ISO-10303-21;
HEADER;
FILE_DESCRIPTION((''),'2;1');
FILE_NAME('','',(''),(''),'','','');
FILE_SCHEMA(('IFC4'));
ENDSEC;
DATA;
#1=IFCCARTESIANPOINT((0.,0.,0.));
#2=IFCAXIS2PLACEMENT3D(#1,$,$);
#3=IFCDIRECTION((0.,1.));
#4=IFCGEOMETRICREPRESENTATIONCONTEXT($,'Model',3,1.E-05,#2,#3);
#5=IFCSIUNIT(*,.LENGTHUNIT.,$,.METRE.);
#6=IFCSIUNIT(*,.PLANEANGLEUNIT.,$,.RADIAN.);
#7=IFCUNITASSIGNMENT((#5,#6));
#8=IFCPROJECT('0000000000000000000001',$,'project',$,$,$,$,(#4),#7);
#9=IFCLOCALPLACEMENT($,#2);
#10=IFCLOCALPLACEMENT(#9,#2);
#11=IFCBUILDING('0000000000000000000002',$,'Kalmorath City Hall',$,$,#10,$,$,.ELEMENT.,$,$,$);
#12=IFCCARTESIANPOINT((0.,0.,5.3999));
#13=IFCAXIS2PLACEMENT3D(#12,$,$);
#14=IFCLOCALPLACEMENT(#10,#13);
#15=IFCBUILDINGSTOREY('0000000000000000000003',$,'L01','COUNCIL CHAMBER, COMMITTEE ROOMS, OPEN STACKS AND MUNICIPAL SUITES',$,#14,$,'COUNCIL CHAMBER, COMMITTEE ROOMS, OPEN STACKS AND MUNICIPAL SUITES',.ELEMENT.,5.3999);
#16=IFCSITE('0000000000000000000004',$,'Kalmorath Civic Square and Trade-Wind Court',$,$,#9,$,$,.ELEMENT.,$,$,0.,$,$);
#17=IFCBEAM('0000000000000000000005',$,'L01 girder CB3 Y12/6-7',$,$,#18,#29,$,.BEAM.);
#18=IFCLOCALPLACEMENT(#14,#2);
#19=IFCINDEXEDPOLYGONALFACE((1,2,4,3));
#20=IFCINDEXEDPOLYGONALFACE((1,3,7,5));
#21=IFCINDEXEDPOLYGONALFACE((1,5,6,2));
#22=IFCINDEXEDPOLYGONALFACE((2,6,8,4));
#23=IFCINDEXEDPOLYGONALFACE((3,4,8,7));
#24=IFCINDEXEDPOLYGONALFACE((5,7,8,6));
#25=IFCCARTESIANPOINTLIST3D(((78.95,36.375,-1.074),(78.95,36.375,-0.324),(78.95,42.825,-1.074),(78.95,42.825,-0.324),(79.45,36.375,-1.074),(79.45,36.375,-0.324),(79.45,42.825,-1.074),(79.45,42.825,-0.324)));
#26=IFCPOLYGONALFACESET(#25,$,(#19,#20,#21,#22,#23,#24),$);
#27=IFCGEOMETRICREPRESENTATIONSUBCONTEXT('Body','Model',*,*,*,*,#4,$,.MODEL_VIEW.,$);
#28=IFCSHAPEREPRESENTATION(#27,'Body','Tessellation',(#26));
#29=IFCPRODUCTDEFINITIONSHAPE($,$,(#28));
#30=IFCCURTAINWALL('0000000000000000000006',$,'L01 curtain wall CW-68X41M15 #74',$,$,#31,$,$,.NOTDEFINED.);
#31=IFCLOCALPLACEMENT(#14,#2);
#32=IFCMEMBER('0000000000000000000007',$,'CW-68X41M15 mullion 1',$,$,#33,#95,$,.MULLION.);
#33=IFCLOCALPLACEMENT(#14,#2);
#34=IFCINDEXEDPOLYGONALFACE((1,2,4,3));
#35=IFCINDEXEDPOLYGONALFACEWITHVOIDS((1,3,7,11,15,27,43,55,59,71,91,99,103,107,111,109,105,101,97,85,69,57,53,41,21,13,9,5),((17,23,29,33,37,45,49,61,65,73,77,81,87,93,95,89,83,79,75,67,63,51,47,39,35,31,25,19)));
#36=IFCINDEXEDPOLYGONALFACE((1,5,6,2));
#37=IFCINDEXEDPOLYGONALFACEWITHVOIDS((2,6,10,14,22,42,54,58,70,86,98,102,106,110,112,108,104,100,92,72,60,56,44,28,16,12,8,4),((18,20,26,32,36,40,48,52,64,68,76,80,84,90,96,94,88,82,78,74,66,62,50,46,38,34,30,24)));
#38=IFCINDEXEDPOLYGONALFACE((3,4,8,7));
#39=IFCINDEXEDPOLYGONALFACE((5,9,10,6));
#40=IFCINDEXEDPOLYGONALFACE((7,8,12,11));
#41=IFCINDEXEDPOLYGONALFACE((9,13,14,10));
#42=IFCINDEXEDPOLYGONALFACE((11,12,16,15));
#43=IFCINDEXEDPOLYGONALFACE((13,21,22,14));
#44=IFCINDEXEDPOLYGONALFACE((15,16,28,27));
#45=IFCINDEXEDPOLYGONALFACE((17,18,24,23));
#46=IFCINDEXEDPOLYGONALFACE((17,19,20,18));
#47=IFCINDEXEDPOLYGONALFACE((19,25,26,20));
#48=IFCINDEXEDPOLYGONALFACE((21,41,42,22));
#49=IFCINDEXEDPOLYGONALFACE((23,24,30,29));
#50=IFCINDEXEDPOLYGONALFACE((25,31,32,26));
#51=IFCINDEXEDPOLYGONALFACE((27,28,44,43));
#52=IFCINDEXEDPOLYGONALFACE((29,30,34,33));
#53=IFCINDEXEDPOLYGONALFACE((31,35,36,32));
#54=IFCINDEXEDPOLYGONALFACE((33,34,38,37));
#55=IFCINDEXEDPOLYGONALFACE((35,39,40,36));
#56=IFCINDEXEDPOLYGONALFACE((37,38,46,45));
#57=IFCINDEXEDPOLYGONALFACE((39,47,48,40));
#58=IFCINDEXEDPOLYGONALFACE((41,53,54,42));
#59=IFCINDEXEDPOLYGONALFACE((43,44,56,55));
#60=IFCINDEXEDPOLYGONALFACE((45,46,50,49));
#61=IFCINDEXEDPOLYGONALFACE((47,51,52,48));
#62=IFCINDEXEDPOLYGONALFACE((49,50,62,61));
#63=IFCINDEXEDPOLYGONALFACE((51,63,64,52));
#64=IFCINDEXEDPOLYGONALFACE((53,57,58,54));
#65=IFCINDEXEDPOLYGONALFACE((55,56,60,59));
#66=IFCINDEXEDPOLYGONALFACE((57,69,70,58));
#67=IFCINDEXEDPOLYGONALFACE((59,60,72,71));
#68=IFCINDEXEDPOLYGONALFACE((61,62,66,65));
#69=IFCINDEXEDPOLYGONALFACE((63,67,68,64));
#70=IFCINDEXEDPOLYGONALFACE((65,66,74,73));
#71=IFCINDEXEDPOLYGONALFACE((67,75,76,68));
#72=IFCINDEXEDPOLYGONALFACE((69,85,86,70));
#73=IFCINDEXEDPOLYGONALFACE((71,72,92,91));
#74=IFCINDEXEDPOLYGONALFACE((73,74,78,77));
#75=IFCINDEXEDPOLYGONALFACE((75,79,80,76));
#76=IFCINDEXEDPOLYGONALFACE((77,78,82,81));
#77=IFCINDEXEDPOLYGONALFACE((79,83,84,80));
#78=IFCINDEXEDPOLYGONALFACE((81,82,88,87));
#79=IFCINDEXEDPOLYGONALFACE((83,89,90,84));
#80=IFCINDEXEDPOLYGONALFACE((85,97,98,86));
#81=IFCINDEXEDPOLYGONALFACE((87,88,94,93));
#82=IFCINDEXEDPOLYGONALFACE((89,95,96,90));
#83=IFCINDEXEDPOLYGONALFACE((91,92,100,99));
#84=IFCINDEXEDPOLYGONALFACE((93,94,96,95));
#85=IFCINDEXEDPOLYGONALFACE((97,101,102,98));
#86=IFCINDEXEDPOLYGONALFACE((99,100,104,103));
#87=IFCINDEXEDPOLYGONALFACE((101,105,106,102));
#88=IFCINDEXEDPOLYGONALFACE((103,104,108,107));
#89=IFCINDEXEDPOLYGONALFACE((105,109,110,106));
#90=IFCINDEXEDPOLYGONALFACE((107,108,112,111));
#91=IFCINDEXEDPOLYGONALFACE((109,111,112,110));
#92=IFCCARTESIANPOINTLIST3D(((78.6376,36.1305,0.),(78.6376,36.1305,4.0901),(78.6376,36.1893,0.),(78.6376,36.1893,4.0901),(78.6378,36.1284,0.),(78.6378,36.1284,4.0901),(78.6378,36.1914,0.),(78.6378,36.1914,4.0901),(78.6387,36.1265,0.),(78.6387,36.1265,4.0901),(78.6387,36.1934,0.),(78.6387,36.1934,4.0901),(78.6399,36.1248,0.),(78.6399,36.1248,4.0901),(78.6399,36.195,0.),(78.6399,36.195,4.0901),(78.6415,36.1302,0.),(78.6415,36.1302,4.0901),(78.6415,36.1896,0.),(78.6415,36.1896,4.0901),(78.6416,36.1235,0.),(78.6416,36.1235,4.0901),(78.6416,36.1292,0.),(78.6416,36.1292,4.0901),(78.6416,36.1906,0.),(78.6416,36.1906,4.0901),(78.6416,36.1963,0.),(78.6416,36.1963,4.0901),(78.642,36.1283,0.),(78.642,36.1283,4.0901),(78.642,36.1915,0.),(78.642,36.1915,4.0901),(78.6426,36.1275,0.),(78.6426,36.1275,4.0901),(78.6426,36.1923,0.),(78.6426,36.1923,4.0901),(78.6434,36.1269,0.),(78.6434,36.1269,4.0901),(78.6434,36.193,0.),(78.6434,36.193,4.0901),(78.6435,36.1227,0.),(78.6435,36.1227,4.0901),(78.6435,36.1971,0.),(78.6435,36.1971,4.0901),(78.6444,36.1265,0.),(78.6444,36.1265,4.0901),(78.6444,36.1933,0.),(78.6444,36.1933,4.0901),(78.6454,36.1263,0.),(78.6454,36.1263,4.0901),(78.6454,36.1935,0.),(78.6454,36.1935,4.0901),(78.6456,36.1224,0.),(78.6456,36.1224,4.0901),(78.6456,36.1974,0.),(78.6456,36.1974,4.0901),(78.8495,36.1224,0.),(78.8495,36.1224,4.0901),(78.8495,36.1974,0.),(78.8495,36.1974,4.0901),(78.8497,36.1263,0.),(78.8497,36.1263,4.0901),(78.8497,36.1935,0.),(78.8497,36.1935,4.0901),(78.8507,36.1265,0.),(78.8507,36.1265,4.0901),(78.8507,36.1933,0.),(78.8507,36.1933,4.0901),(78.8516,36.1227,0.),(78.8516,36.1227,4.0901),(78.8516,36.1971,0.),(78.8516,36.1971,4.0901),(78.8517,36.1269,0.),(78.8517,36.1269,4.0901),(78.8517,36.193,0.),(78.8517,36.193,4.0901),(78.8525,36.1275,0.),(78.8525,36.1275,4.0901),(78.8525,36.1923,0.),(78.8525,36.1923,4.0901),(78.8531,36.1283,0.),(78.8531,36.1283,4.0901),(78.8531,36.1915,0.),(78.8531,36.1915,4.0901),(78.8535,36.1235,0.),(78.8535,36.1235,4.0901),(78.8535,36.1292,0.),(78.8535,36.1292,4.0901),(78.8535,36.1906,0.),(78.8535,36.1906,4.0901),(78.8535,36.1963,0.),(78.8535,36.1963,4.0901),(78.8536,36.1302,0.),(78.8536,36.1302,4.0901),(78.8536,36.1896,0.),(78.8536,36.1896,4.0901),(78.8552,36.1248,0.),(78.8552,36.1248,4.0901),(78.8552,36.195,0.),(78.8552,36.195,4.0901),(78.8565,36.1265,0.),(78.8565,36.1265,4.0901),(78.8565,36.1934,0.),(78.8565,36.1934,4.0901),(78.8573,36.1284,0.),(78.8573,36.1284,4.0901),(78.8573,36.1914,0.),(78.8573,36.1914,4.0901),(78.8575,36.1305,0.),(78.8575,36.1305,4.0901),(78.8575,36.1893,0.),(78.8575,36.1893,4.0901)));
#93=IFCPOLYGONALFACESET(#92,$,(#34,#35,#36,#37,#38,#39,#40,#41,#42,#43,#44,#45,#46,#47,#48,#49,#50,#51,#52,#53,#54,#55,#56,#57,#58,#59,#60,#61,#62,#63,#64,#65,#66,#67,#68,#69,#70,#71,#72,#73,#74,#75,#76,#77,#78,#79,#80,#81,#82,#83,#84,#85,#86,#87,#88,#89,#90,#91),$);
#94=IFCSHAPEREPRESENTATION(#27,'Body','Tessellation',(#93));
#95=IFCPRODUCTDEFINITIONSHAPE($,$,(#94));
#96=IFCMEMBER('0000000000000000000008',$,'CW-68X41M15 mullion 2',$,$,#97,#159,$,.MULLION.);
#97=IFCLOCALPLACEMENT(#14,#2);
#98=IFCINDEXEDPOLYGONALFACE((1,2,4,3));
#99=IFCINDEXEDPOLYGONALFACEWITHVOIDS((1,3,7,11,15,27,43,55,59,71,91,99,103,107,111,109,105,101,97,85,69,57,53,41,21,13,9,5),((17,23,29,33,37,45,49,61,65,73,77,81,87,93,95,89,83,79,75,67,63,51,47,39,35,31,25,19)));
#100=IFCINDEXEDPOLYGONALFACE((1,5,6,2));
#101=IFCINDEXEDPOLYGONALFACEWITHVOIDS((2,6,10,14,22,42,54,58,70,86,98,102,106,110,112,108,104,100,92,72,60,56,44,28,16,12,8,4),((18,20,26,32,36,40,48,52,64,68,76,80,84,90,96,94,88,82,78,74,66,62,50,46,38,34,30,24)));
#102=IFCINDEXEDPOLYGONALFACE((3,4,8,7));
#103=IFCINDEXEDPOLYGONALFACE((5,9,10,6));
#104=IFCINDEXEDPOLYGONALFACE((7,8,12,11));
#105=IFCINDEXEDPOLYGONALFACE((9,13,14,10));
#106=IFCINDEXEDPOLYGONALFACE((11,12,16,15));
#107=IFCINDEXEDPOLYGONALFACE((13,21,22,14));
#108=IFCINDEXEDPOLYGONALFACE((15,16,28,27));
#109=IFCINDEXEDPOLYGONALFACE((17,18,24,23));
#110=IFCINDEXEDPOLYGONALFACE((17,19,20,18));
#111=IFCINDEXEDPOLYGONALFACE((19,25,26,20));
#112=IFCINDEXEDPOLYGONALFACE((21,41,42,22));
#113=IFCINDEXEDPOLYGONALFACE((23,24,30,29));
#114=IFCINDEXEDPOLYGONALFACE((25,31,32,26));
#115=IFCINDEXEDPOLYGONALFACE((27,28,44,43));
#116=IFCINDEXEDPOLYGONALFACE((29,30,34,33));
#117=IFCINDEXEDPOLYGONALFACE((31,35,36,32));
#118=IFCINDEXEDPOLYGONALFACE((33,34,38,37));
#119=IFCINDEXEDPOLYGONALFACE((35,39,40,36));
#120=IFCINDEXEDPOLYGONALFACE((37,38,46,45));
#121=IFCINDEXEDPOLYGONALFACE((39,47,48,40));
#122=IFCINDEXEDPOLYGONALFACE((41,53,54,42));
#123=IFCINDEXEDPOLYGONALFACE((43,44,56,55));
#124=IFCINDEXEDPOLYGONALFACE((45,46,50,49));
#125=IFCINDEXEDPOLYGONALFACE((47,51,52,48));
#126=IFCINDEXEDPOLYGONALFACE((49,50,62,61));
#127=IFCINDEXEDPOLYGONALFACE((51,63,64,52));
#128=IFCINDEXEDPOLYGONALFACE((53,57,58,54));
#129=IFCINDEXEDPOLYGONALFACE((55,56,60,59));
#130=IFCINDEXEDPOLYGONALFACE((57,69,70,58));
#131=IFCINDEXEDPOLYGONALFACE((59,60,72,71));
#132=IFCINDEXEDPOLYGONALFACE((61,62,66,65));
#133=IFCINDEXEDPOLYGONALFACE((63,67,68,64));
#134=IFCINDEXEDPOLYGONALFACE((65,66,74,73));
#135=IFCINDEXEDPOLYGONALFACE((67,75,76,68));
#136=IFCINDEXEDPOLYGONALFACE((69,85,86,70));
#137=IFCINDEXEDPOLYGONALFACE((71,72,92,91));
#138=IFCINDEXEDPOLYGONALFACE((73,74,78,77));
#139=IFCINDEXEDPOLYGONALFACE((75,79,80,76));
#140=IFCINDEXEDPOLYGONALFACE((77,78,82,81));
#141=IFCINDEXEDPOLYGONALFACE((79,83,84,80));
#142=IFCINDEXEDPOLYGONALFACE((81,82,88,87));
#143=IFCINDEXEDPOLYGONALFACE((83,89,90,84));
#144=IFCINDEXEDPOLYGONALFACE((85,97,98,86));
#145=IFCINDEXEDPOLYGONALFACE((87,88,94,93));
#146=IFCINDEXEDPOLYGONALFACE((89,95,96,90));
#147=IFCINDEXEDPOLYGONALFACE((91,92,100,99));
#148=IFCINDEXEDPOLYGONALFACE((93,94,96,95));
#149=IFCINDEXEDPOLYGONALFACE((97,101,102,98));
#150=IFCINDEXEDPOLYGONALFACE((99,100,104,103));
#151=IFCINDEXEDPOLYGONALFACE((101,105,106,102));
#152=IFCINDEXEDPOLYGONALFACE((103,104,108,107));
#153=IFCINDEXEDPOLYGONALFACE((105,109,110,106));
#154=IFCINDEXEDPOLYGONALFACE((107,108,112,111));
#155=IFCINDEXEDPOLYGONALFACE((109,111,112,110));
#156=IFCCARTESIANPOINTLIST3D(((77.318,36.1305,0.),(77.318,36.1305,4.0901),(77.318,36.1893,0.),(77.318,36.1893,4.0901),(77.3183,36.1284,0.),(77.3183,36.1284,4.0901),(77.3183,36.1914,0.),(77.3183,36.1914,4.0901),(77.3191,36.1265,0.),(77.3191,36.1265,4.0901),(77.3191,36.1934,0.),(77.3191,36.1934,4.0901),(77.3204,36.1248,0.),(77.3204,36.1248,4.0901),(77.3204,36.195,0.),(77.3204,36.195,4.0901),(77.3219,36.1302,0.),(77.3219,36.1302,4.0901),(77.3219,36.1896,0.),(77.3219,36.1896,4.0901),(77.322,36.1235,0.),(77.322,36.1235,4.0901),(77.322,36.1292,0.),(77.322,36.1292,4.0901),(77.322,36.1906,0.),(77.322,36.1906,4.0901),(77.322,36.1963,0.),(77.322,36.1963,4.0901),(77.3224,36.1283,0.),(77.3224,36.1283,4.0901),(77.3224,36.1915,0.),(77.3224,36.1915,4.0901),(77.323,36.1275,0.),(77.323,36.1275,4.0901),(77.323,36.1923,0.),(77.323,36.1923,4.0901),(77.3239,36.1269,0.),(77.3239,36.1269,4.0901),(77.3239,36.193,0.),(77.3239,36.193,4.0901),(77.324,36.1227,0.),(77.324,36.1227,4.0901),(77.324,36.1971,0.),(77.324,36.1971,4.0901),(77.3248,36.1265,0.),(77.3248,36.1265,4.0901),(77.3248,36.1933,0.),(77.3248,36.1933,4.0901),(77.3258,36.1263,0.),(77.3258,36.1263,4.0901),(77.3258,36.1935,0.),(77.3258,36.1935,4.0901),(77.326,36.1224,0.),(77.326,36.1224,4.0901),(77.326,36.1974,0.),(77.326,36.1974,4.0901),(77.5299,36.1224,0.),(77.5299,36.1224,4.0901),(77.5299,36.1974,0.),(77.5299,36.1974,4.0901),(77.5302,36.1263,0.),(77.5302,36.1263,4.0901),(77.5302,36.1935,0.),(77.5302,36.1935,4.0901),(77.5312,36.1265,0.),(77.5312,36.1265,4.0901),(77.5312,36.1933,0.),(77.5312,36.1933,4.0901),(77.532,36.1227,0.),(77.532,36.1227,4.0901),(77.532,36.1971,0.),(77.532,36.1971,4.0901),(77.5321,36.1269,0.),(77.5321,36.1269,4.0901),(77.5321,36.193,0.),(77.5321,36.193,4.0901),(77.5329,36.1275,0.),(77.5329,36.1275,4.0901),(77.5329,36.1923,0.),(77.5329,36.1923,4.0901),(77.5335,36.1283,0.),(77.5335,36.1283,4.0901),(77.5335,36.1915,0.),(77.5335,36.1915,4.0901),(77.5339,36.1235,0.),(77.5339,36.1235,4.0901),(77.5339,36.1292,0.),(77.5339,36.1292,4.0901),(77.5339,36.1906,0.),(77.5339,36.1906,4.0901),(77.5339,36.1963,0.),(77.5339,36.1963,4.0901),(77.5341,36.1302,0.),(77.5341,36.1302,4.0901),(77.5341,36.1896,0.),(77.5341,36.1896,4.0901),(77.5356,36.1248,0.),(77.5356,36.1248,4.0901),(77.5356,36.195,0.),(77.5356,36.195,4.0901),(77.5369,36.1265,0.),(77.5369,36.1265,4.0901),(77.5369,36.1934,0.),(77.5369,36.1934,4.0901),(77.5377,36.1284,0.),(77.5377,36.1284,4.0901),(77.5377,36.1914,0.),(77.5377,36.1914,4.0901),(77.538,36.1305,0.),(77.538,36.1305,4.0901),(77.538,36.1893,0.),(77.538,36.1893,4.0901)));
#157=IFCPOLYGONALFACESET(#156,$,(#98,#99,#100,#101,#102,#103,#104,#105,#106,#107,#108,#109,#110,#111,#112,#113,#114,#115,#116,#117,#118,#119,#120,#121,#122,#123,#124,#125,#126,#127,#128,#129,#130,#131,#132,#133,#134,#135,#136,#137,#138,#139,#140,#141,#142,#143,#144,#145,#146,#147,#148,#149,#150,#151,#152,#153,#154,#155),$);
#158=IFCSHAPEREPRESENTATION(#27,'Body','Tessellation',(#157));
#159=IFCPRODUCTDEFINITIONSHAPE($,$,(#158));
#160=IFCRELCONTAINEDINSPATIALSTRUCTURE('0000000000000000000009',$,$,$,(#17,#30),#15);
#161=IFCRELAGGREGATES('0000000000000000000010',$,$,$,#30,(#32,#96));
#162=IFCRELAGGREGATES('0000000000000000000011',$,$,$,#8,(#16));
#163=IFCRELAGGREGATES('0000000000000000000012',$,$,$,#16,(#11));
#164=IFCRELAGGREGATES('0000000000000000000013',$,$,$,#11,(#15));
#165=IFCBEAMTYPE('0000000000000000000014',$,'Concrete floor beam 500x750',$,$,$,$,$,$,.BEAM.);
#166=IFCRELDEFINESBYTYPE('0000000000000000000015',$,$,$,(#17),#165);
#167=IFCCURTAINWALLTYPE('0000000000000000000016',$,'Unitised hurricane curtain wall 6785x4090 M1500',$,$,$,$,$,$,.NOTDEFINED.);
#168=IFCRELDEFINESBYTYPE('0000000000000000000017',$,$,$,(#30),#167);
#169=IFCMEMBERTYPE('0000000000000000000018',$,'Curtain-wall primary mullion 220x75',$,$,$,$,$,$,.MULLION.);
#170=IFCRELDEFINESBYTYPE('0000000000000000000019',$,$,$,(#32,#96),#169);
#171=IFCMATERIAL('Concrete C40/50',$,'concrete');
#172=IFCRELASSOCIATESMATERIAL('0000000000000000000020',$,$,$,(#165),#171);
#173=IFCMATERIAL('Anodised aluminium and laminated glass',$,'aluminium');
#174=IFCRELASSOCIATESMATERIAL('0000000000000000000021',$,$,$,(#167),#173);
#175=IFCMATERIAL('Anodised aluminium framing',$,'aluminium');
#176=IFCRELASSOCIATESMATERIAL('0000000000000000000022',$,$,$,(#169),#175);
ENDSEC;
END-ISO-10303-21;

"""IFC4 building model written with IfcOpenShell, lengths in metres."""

from ifc_helpers import new_model, si_unit, direction, frame, origin, origin_2d, place, context, subcontext, project, spatial, rectangle, hollow_rectangle, extrude, material, material_profile, profile_set, type_object, element, aggregate, save


model = new_model("IFC4")

# Units and contexts
model_context = context("Model", 3, precision=1e-05, world=origin(), true_north=direction((0.0, 1.0)))
body_context = subcontext(model_context, "Body", "Model", "MODEL_VIEW")
ifc_project = project(units=[si_unit("LENGTHUNIT", "METRE"), si_unit("PLANEANGLEUNIT", "RADIAN")], contexts=[model_context])

# Site, building, storey
site_placement = place(None, origin())
site = spatial("IfcSite", under=ifc_project, at=site_placement, Name="Kalmorath Civic Square and Trade-Wind Court", CompositionType="ELEMENT", RefElevation=0.0)
building_placement = place(site_placement, origin())
building = spatial("IfcBuilding", under=site, at=building_placement, Name="Kalmorath City Hall", CompositionType="ELEMENT")
storey_placement = place(building_placement, frame((0.0, 0.0, 5.3999)))
storey = spatial("IfcBuildingStorey", under=building, at=storey_placement, Name="L01", Description="COUNCIL CHAMBER, COMMITTEE ROOMS, OPEN STACKS AND MUNICIPAL SUITES", LongName="COUNCIL CHAMBER, COMMITTEE ROOMS, OPEN STACKS AND MUNICIPAL SUITES", CompositionType="ELEMENT", Elevation=5.3999)

# Beam
ifc_material_1 = material(Name="Concrete C40/50", Category="concrete")
ifc_material_profile_1 = material_profile(ifc_material_1, rectangle(XDim=0.5, YDim=0.75, at=origin_2d()), Name="RC-BM-500X750")
ifc_profile_set_1 = profile_set([ifc_material_profile_1], Name="Concrete C40/50")
beam_type = type_object("IfcBeamType", Name="Concrete floor beam 500x750", PredefinedType="BEAM", material=ifc_profile_set_1)
beam_placement = place(storey_placement, frame((79.2, 36.375, -0.699), z_axis=(0.0, 1.0, 0.0), x_axis=(-1.0, 0.0, 0.0)))
element("IfcBeam", 1, at=beam_placement, inside=storey, type_object=beam_type, Name="L01 girder CB3 Y12/6-7", PredefinedType="BEAM", context=body_context, shape_type="SweptSolid", body=[
    extrude(rectangle(XDim=0.5, YDim=0.75, at=origin_2d()), origin(), (0.0, 0.0, 1.0), 6.45),
])

# Curtain wall, members
ifc_material_2 = material(Name="Anodised aluminium and laminated glass", Category="aluminium")
curtain_wall_type = type_object("IfcCurtainWallType", Name="Unitised hurricane curtain wall 6785x4090 M1500", PredefinedType="NOTDEFINED", material=ifc_material_2)
curtain_wall_placement = place(storey_placement, origin())
curtain_wall = element("IfcCurtainWall", 2, at=curtain_wall_placement, inside=storey, type_object=curtain_wall_type, Name="L01 curtain wall CW-68X41M15 #74", PredefinedType="NOTDEFINED")
ifc_material_3 = material(Name="Anodised aluminium framing", Category="aluminium")
ifc_material_profile_2 = material_profile(ifc_material_3, hollow_rectangle(XDim=0.075, YDim=0.22, WallThickness=0.0039, InnerFilletRadius=0.0039, OuterFilletRadius=0.0081, at=origin_2d()), Name="ALU-MUL-220X75X4")
ifc_profile_set_2 = profile_set([ifc_material_profile_2], Name="Anodised aluminium framing")
member_type_1 = type_object("IfcMemberType", Name="Curtain-wall primary mullion 220x75", PredefinedType="MULLION", material=ifc_profile_set_2)
member_1_placement = place(storey_placement, frame((78.7476, 36.1599, 0.0), z_axis=(0.0, 0.0, 1.0), x_axis=(0.0, -1.0, 0.0)))
member_1 = element("IfcMember", 3, at=member_1_placement, type_object=member_type_1, Name="CW-68X41M15 mullion 1", PredefinedType="MULLION", context=body_context, shape_type="SweptSolid", body=[
    extrude(hollow_rectangle(XDim=0.075, YDim=0.22, WallThickness=0.0039, InnerFilletRadius=0.0039, OuterFilletRadius=0.0081, at=origin_2d()), origin(), (0.0, 0.0, 1.0), 4.0901),
])
member_2_placement = place(storey_placement, frame((77.428, 36.1599, 0.0), z_axis=(0.0, 0.0, 1.0), x_axis=(0.0, -1.0, 0.0)))
member_2 = element("IfcMember", 4, at=member_2_placement, type_object=member_type_1, Name="CW-68X41M15 mullion 2", PredefinedType="MULLION", context=body_context, shape_type="SweptSolid", body=[
    extrude(hollow_rectangle(XDim=0.075, YDim=0.22, WallThickness=0.0039, InnerFilletRadius=0.0039, OuterFilletRadius=0.0081, at=origin_2d()), origin(), (0.0, 0.0, 1.0), 4.0901),
])
aggregate(curtain_wall, [member_1, member_2])

save(model, "model.ifc")
